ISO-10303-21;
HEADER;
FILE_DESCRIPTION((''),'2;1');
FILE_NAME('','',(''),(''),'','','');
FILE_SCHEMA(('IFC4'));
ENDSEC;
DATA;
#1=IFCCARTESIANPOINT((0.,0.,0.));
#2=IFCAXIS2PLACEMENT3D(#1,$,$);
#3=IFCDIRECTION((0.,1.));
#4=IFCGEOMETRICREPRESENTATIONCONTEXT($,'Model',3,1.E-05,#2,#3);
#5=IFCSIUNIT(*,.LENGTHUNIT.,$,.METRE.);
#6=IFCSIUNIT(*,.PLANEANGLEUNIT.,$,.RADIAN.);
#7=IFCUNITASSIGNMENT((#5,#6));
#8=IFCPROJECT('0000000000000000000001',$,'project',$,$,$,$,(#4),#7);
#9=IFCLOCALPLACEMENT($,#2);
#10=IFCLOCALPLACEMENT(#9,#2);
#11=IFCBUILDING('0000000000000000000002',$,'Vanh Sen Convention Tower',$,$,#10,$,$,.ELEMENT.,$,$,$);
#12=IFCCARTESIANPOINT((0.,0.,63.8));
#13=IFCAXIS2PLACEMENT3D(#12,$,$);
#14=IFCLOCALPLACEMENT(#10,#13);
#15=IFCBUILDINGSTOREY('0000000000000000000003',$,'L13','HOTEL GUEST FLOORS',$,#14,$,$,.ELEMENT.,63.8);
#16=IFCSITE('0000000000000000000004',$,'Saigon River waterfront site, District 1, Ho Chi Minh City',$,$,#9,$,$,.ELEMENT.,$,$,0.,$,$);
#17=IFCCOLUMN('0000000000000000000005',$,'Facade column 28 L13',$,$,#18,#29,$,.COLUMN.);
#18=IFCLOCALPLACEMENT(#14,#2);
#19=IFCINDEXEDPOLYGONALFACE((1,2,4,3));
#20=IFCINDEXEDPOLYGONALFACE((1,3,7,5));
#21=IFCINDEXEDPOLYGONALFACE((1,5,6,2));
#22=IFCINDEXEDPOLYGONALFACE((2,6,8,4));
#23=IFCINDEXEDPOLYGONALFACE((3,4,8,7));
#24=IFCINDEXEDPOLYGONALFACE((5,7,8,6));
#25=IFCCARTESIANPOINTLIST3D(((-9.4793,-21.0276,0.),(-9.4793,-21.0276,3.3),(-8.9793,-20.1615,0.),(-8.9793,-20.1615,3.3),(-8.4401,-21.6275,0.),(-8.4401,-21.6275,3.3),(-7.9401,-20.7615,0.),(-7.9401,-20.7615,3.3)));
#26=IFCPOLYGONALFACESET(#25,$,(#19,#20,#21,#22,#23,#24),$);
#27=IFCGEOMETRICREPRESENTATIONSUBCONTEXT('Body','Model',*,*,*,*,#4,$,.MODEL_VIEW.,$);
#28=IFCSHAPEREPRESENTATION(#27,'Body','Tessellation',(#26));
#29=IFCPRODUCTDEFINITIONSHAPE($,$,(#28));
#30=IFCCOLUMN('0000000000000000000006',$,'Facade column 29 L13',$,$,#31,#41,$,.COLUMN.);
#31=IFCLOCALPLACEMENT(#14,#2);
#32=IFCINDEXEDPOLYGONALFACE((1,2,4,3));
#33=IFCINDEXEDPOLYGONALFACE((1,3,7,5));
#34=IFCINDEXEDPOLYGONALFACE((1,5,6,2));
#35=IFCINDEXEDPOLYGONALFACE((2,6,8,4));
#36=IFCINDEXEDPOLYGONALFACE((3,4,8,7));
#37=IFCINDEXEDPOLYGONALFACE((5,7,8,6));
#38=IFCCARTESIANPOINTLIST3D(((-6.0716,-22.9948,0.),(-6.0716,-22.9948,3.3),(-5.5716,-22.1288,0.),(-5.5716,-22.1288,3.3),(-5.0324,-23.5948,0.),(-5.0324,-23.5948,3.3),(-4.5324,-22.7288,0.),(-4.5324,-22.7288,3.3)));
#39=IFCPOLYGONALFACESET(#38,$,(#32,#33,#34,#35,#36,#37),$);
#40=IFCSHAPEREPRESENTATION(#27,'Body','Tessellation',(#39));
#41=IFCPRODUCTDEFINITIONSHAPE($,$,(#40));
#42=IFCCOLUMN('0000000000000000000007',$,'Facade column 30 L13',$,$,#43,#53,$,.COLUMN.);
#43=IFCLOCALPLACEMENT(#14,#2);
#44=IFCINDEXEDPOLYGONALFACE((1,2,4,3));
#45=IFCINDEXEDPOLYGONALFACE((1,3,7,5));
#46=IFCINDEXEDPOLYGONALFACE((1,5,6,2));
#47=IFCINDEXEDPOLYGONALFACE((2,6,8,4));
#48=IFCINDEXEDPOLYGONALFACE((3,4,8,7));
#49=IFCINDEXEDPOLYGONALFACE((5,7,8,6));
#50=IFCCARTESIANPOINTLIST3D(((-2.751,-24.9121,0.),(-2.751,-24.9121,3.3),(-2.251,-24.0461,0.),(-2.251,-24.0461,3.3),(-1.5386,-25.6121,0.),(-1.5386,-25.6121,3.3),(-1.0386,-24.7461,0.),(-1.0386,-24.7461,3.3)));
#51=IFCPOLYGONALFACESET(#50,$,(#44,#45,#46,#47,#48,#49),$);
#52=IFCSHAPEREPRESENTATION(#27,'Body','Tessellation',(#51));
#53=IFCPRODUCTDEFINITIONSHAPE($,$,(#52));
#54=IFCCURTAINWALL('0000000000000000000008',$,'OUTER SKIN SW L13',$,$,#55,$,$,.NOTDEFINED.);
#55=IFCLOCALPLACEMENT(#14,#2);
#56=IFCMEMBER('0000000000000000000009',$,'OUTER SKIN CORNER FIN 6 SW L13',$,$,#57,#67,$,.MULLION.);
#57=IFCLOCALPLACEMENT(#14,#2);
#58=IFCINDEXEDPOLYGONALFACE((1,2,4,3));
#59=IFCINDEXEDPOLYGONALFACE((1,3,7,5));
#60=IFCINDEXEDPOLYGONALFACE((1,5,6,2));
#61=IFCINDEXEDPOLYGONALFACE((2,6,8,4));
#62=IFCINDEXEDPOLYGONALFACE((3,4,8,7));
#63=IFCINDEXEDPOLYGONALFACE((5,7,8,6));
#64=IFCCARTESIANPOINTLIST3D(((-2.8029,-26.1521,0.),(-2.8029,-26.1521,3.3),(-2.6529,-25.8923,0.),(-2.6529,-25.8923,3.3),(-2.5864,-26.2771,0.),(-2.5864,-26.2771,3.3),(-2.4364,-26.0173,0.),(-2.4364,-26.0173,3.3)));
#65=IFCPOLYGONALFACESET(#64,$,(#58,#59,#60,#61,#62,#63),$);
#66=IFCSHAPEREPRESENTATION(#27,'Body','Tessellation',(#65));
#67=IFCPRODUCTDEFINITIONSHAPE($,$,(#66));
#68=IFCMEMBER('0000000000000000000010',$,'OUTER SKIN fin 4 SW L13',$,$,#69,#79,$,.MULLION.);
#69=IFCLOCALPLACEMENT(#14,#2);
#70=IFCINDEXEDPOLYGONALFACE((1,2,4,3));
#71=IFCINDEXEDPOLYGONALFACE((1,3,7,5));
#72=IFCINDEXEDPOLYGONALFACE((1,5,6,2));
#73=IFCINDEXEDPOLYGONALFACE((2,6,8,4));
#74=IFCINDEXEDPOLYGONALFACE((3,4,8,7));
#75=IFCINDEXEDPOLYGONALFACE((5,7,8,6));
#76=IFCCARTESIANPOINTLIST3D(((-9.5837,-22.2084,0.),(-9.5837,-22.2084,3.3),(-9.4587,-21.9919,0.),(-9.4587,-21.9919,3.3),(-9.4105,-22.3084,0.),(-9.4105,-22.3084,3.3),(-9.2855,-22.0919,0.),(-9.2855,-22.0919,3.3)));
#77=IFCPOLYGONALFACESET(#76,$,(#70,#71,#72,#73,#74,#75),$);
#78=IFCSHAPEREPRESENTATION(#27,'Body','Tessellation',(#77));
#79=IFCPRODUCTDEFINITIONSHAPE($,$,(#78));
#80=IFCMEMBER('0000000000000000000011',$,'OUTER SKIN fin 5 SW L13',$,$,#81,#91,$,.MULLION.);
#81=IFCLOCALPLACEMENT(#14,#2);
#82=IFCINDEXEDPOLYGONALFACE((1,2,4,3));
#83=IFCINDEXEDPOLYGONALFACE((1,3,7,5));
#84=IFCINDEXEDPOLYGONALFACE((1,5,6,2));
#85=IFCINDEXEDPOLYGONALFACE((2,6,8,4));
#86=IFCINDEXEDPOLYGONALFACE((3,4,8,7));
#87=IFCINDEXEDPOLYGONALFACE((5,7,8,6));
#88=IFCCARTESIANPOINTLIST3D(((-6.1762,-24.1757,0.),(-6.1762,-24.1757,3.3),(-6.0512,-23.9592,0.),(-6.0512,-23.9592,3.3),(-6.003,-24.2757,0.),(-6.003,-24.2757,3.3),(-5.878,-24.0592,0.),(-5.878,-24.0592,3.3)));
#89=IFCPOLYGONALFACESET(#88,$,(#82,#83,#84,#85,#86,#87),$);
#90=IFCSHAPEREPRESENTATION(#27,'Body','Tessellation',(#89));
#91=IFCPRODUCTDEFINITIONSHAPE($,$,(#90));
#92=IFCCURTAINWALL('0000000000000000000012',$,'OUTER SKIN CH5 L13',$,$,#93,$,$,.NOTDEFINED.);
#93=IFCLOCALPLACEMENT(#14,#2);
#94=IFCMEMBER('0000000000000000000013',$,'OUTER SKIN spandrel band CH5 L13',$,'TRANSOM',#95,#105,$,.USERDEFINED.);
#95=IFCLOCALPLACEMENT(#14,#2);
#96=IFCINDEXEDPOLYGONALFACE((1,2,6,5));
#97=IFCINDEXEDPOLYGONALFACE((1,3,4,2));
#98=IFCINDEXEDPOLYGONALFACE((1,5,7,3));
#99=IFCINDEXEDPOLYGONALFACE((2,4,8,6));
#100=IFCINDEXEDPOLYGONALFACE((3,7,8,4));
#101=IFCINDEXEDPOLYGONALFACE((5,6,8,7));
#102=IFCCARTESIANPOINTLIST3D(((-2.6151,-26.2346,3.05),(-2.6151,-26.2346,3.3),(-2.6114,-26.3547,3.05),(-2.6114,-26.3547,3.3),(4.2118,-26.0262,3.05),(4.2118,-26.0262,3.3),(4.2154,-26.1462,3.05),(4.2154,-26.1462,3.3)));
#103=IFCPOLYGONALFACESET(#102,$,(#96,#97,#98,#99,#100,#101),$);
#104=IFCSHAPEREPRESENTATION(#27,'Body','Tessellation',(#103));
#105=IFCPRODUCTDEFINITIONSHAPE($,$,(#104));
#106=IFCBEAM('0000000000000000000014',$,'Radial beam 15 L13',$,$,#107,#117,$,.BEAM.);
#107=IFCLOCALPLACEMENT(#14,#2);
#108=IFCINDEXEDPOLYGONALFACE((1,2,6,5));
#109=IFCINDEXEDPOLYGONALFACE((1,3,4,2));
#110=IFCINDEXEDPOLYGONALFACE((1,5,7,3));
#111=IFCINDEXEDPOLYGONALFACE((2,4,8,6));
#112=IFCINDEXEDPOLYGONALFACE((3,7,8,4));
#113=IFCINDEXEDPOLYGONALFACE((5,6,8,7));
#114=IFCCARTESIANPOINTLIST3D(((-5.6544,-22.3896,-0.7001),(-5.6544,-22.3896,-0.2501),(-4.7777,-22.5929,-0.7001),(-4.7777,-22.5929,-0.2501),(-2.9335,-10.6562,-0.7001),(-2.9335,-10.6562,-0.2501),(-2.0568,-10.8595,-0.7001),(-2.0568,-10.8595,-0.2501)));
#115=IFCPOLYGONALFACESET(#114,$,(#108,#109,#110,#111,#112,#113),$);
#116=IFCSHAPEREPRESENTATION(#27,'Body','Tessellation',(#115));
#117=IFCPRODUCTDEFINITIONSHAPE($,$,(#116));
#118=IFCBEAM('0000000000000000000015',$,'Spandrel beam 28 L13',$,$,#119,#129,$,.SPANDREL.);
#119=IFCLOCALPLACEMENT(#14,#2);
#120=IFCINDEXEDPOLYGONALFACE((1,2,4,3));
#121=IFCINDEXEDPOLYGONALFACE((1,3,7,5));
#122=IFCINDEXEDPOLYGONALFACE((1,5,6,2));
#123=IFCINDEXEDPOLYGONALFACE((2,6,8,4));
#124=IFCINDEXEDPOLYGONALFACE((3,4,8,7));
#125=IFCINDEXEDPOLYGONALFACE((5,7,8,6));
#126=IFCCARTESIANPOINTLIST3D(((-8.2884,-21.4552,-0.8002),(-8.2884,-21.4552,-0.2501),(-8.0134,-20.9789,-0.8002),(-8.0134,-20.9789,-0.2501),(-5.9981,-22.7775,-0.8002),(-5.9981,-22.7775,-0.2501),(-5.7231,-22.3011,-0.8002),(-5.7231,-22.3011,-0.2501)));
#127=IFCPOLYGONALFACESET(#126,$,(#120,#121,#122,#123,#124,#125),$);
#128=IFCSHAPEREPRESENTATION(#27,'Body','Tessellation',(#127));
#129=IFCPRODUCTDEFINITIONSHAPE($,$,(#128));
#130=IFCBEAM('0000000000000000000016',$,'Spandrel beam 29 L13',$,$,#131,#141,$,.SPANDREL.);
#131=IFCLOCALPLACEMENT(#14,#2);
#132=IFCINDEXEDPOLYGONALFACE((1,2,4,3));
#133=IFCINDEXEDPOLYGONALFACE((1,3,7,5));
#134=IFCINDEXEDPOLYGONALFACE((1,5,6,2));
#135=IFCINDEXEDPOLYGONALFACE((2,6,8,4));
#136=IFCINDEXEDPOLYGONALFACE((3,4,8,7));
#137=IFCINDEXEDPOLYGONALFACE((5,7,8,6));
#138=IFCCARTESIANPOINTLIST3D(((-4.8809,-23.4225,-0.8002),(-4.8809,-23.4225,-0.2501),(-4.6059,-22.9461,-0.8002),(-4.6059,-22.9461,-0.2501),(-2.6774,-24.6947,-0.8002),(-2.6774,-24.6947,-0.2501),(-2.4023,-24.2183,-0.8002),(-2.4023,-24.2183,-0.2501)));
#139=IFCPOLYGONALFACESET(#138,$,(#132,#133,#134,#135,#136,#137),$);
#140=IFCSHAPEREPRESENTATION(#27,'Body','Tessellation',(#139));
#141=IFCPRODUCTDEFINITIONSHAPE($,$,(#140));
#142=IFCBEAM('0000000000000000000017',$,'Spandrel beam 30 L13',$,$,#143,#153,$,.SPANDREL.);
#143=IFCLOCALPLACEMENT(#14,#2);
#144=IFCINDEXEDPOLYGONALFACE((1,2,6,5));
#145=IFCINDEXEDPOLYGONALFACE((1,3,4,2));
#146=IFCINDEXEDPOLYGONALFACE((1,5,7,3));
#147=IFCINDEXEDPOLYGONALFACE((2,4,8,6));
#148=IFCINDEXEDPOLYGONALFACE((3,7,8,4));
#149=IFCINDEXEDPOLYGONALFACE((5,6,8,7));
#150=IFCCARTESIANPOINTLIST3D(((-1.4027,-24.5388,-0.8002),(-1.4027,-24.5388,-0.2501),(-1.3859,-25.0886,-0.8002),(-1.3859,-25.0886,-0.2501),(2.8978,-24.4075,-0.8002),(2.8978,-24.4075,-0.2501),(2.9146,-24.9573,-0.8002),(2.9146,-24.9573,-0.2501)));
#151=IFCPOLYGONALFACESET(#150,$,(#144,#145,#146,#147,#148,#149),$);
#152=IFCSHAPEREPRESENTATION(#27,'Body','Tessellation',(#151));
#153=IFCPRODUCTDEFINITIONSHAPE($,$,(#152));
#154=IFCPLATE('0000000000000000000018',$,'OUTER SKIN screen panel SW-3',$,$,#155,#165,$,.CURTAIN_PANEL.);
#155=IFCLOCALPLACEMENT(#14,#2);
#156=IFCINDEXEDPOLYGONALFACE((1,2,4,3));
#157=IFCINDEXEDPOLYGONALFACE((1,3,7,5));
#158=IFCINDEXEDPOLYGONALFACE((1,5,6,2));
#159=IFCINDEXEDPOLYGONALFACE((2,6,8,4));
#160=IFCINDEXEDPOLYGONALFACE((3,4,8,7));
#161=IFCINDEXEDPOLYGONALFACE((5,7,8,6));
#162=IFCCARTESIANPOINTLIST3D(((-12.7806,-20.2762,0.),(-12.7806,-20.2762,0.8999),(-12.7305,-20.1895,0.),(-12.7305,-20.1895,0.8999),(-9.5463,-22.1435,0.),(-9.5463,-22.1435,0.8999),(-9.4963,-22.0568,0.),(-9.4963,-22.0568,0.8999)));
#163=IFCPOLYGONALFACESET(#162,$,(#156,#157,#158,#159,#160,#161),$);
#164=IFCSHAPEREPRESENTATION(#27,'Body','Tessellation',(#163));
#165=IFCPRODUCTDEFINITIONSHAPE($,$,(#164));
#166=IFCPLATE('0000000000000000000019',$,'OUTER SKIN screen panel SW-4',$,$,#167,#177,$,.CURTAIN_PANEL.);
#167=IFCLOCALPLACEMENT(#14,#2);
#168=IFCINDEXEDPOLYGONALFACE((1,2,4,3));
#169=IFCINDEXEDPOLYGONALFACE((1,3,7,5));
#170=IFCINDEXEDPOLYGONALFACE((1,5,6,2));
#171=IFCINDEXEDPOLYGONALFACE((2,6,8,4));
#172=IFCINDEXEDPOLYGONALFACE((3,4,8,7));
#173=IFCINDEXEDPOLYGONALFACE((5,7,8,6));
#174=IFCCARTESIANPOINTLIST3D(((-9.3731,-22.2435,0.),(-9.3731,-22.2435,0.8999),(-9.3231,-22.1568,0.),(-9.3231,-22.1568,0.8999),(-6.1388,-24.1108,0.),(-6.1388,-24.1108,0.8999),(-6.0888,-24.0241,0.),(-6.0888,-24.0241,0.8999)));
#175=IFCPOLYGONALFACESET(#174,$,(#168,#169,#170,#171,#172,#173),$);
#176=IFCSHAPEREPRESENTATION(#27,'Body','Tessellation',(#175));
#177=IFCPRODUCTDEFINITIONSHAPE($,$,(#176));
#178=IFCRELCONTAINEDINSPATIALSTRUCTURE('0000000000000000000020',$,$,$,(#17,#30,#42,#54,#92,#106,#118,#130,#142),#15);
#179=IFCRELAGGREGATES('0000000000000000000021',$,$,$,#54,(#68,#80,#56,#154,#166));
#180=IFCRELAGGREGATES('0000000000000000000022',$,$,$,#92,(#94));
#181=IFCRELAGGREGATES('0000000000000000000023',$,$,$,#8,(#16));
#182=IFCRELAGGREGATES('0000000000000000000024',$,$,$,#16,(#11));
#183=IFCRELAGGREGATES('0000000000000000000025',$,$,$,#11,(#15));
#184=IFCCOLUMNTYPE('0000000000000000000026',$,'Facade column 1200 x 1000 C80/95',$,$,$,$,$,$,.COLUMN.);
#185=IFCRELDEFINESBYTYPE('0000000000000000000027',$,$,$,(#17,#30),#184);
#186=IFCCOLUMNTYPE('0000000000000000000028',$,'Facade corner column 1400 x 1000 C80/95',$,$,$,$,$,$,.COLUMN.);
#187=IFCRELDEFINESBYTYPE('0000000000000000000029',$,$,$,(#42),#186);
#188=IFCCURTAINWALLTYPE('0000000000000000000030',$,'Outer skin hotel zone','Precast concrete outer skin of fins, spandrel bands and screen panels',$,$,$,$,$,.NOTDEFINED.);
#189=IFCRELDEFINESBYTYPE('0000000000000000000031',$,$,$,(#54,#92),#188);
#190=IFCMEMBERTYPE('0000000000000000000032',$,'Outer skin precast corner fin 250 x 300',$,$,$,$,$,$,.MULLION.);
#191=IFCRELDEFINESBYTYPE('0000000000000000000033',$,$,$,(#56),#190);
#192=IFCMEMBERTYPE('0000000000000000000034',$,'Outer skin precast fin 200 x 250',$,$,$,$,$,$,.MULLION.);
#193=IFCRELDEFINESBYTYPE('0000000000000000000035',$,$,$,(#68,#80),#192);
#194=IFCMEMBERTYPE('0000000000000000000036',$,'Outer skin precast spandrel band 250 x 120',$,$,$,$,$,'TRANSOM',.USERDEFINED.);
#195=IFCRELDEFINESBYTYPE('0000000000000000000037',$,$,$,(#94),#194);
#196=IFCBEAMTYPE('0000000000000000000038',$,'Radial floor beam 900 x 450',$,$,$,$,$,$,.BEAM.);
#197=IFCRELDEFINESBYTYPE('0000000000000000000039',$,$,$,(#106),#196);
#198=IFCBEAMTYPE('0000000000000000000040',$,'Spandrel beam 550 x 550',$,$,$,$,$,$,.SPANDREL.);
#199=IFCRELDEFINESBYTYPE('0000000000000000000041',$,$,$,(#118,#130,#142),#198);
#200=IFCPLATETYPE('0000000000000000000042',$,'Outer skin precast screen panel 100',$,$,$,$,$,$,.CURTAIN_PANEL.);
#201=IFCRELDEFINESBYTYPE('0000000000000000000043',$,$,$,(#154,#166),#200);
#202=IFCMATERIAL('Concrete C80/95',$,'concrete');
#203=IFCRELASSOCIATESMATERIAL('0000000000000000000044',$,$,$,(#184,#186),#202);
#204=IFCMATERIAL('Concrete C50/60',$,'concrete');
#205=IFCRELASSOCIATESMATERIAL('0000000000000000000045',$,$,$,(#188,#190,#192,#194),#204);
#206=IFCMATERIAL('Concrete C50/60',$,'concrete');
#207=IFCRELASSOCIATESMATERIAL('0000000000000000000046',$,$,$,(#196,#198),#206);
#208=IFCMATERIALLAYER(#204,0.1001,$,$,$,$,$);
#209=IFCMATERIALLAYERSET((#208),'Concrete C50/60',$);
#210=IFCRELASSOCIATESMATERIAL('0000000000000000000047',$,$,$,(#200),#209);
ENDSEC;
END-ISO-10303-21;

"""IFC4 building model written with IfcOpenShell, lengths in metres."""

from ifc_helpers import new_model, si_unit, direction, frame, origin, origin_2d, place, context, subcontext, project, spatial, rectangle, extrude, material, layer, layer_set, material_profile, profile_set, type_object, element, aggregate, save


model = new_model("IFC4")

# Units and contexts
model_context = context("Model", 3, precision=1e-05, world=origin(), true_north=direction((0.0, 1.0)))
body_context = subcontext(model_context, "Body", "Model", "MODEL_VIEW")
ifc_project = project(units=[si_unit("LENGTHUNIT", "METRE"), si_unit("PLANEANGLEUNIT", "RADIAN")], contexts=[model_context])

# Site, building, storey
site_placement = place(None, origin())
site = spatial("IfcSite", under=ifc_project, at=site_placement, Name="Saigon River waterfront site, District 1, Ho Chi Minh City", CompositionType="ELEMENT", RefElevation=0.0)
building_placement = place(site_placement, origin())
building = spatial("IfcBuilding", under=site, at=building_placement, Name="Vanh Sen Convention Tower", CompositionType="ELEMENT")
storey_placement = place(building_placement, frame((0.0, 0.0, 63.8)))
storey = spatial("IfcBuildingStorey", under=building, at=storey_placement, Name="L13", Description="HOTEL GUEST FLOORS", CompositionType="ELEMENT", Elevation=63.8)

# Columns
ifc_material_1 = material(Name="Concrete C80/95", Category="concrete")
ifc_material_profile_1 = material_profile(ifc_material_1, rectangle(XDim=1.2, YDim=1.0, at=origin_2d()), Name="RC 1200X1000")
ifc_profile_set_1 = profile_set([ifc_material_profile_1], Name="Concrete C80/95")
column_type_1 = type_object("IfcColumnType", Name="Facade column 1200 x 1000 C80/95", PredefinedType="COLUMN", material=ifc_profile_set_1)
for number, where, z_axis, x_axis, name in (
    (1, (-8.7097, -20.8945, 0.0), (0.0, 0.0, 1.0), (0.866025, -0.5, 0.0), "Facade column 28 L13"),
    (2, (-5.302, -22.8618, 0.0), (0.0, 0.0, 1.0), (0.866025, -0.5, 0.0), "Facade column 29 L13"),
):
    element("IfcColumn", number, at=place(storey_placement, frame(where, z_axis=z_axis, x_axis=x_axis)), inside=storey, type_object=column_type_1, Name=name, PredefinedType="COLUMN", context=body_context, shape_type="SweptSolid", body=[
        extrude(rectangle(XDim=1.2, YDim=1.0, at=origin_2d()), origin(), (0.0, 0.0, 1.0), 3.3),
    ])
ifc_material_profile_2 = material_profile(ifc_material_1, rectangle(XDim=1.3999, YDim=1.0, at=origin_2d()), Name="RC 1400X1000")
ifc_profile_set_2 = profile_set([ifc_material_profile_2], Name="Concrete C80/95")
column_type_2 = type_object("IfcColumnType", Name="Facade corner column 1400 x 1000 C80/95", PredefinedType="COLUMN", material=ifc_profile_set_2)
column_placement = place(storey_placement, frame((-1.8948, -24.8291, 0.0), z_axis=(0.0, 0.0, 1.0), x_axis=(0.866025, -0.5, 0.0)))
element("IfcColumn", 3, at=column_placement, inside=storey, type_object=column_type_2, Name="Facade column 30 L13", PredefinedType="COLUMN", context=body_context, shape_type="SweptSolid", body=[
    extrude(rectangle(XDim=1.3999, YDim=1.0, at=origin_2d()), origin(), (0.0, 0.0, 1.0), 3.3),
])

# Curtain wall, members
ifc_material_2 = material(Name="Concrete C50/60", Category="concrete")
curtain_wall_type = type_object("IfcCurtainWallType", Name="Outer skin hotel zone", Description="Precast concrete outer skin of fins, spandrel bands and screen panels", PredefinedType="NOTDEFINED", material=ifc_material_2)
curtain_wall_1_placement = place(storey_placement, origin())
curtain_wall_1 = element("IfcCurtainWall", 4, at=curtain_wall_1_placement, inside=storey, type_object=curtain_wall_type, Name="OUTER SKIN SW L13", PredefinedType="NOTDEFINED")
ifc_material_profile_3 = material_profile(ifc_material_2, rectangle(XDim=0.25, YDim=0.3, at=origin_2d()), Name="Outer skin precast corner fin 250 x 300")
ifc_profile_set_3 = profile_set([ifc_material_profile_3], Name="Concrete C50/60")
member_type_1 = type_object("IfcMemberType", Name="Outer skin precast corner fin 250 x 300", PredefinedType="MULLION", material=ifc_profile_set_3)
member_1_placement = place(storey_placement, frame((-2.6196, -26.0847, 0.0), z_axis=(0.0, 0.0, 1.0), x_axis=(0.866025, -0.5, 0.0)))
member_1 = element("IfcMember", 5, at=member_1_placement, type_object=member_type_1, Name="OUTER SKIN CORNER FIN 6 SW L13", PredefinedType="MULLION", context=body_context, shape_type="SweptSolid", body=[
    extrude(rectangle(XDim=0.25, YDim=0.3, at=origin_2d()), origin(), (0.0, 0.0, 1.0), 3.3),
])
ifc_material_profile_4 = material_profile(ifc_material_2, rectangle(XDim=0.2, YDim=0.25, at=origin_2d()), Name="Outer skin precast fin 200 x 250")
ifc_profile_set_4 = profile_set([ifc_material_profile_4], Name="Concrete C50/60")
member_type_2 = type_object("IfcMemberType", Name="Outer skin precast fin 200 x 250", PredefinedType="MULLION", material=ifc_profile_set_4)
member_2_placement = place(storey_placement, frame((-9.4346, -22.1501, 0.0), z_axis=(0.0, 0.0, 1.0), x_axis=(0.866025, -0.5, 0.0)))
member_2 = element("IfcMember", 6, at=member_2_placement, type_object=member_type_2, Name="OUTER SKIN fin 4 SW L13", PredefinedType="MULLION", context=body_context, shape_type="SweptSolid", body=[
    extrude(rectangle(XDim=0.2, YDim=0.25, at=origin_2d()), origin(), (0.0, 0.0, 1.0), 3.3),
])
member_3_placement = place(storey_placement, frame((-6.0271, -24.1174, 0.0), z_axis=(0.0, 0.0, 1.0), x_axis=(0.866025, -0.5, 0.0)))
member_3 = element("IfcMember", 7, at=member_3_placement, type_object=member_type_2, Name="OUTER SKIN fin 5 SW L13", PredefinedType="MULLION", context=body_context, shape_type="SweptSolid", body=[
    extrude(rectangle(XDim=0.2, YDim=0.25, at=origin_2d()), origin(), (0.0, 0.0, 1.0), 3.3),
])

# Curtain wall, member
curtain_wall_2_placement = place(storey_placement, origin())
curtain_wall_2 = element("IfcCurtainWall", 8, at=curtain_wall_2_placement, inside=storey, type_object=curtain_wall_type, Name="OUTER SKIN CH5 L13", PredefinedType="NOTDEFINED")
ifc_material_profile_5 = material_profile(ifc_material_2, rectangle(XDim=0.1201, YDim=0.25, at=origin_2d()), Name="Outer skin precast spandrel band 250 x 120")
ifc_profile_set_5 = profile_set([ifc_material_profile_5], Name="Concrete C50/60")
member_type_3 = type_object("IfcMemberType", Name="Outer skin precast spandrel band 250 x 120", ElementType="TRANSOM", PredefinedType="USERDEFINED", material=ifc_profile_set_5)
member_4_placement = place(storey_placement, frame((-2.6133, -26.2947, 3.175), z_axis=(0.999534, 0.030526, 0.0), x_axis=(-0.030526, 0.999534, 0.0)))
member_4 = element("IfcMember", 9, at=member_4_placement, type_object=member_type_3, Name="OUTER SKIN spandrel band CH5 L13", ObjectType="TRANSOM", PredefinedType="USERDEFINED", context=body_context, shape_type="SweptSolid", body=[
    extrude(rectangle(XDim=0.1201, YDim=0.25, at=origin_2d()), origin(), (0.0, 0.0, 1.0), 6.8301),
])

# Beams
ifc_material_3 = material(Name="Concrete C50/60", Category="concrete")
ifc_material_profile_6 = material_profile(ifc_material_3, rectangle(XDim=0.8999, YDim=0.45, at=origin_2d()), Name="RC 900X450")
ifc_profile_set_6 = profile_set([ifc_material_profile_6], Name="Concrete C50/60")
beam_type_1 = type_object("IfcBeamType", Name="Radial floor beam 900 x 450", PredefinedType="BEAM", material=ifc_profile_set_6)
beam_1_placement = place(storey_placement, frame((-5.2161, -22.4912, -0.4751), z_axis=(0.225903, 0.97415, 0.0), x_axis=(-0.97415, 0.225903, 0.0)))
element("IfcBeam", 10, at=beam_1_placement, inside=storey, type_object=beam_type_1, Name="Radial beam 15 L13", PredefinedType="BEAM", context=body_context, shape_type="SweptSolid", body=[
    extrude(rectangle(XDim=0.8999, YDim=0.45, at=origin_2d()), origin(), (0.0, 0.0, 1.0), 12.0447),
])
ifc_material_profile_7 = material_profile(ifc_material_3, rectangle(XDim=0.55, YDim=0.55, at=origin_2d()), Name="RC 550X550")
ifc_profile_set_7 = profile_set([ifc_material_profile_7], Name="Concrete C50/60")
beam_type_2 = type_object("IfcBeamType", Name="Spandrel beam 550 x 550", PredefinedType="SPANDREL", material=ifc_profile_set_7)
beam_2_placement = place(storey_placement, frame((-8.1509, -21.217, -0.5251), z_axis=(0.86603, -0.499991, 0.0), x_axis=(0.499991, 0.86603, 0.0)))
element("IfcBeam", 11, at=beam_2_placement, inside=storey, type_object=beam_type_2, Name="Spandrel beam 28 L13", PredefinedType="SPANDREL", context=body_context, shape_type="SweptSolid", body=[
    extrude(rectangle(XDim=0.55, YDim=0.55, at=origin_2d()), origin(), (0.0, 0.0, 1.0), 2.6445),
])
beam_3_placement = place(storey_placement, frame((-4.7434, -23.1843, -0.5251), z_axis=(0.866032, -0.499988, 0.0), x_axis=(0.499988, 0.866032, 0.0)))
element("IfcBeam", 12, at=beam_3_placement, inside=storey, type_object=beam_type_2, Name="Spandrel beam 29 L13", PredefinedType="SPANDREL", context=body_context, shape_type="SweptSolid", body=[
    extrude(rectangle(XDim=0.55, YDim=0.55, at=origin_2d()), origin(), (0.0, 0.0, 1.0), 2.5444),
])
beam_4_placement = place(storey_placement, frame((-1.3943, -24.8137, -0.5251), z_axis=(0.999534, 0.030528, 0.0), x_axis=(-0.030528, 0.999534, 0.0)))
element("IfcBeam", 13, at=beam_4_placement, inside=storey, type_object=beam_type_2, Name="Spandrel beam 30 L13", PredefinedType="SPANDREL", context=body_context, shape_type="SweptSolid", body=[
    extrude(rectangle(XDim=0.55, YDim=0.55, at=origin_2d()), origin(), (0.0, 0.0, 1.0), 4.3025),
])

# Plates
ifc_layer_1 = layer(ifc_material_2, 0.1001)
ifc_layer_set_1 = layer_set([ifc_layer_1], Name="Concrete C50/60")
plate_type = type_object("IfcPlateType", Name="Outer skin precast screen panel 100", PredefinedType="CURTAIN_PANEL", material=ifc_layer_set_1)
plate_1_placement = place(storey_placement, frame((-11.1384, -21.1665, 0.0), z_axis=(0.0, 0.0, 1.0), x_axis=(0.866028, -0.499995, 0.0)))
plate_1 = element("IfcPlate", 14, at=plate_1_placement, type_object=plate_type, Name="OUTER SKIN screen panel SW-3", PredefinedType="CURTAIN_PANEL", context=body_context, shape_type="SweptSolid", body=[
    extrude(rectangle(XDim=3.7346, YDim=0.1001, at=origin_2d()), origin(), (0.0, 0.0, 1.0), 0.8999),
])
plate_2_placement = place(storey_placement, frame((-7.731, -23.1338, 0.0), z_axis=(0.0, 0.0, 1.0), x_axis=(0.866028, -0.499995, 0.0)))
plate_2 = element("IfcPlate", 15, at=plate_2_placement, type_object=plate_type, Name="OUTER SKIN screen panel SW-4", PredefinedType="CURTAIN_PANEL", context=body_context, shape_type="SweptSolid", body=[
    extrude(rectangle(XDim=3.7346, YDim=0.1001, at=origin_2d()), origin(), (0.0, 0.0, 1.0), 0.8999),
])
aggregate(curtain_wall_1, [member_2, member_3, member_1, plate_1, plate_2])
aggregate(curtain_wall_2, [member_4])

save(model, "model.ifc")
